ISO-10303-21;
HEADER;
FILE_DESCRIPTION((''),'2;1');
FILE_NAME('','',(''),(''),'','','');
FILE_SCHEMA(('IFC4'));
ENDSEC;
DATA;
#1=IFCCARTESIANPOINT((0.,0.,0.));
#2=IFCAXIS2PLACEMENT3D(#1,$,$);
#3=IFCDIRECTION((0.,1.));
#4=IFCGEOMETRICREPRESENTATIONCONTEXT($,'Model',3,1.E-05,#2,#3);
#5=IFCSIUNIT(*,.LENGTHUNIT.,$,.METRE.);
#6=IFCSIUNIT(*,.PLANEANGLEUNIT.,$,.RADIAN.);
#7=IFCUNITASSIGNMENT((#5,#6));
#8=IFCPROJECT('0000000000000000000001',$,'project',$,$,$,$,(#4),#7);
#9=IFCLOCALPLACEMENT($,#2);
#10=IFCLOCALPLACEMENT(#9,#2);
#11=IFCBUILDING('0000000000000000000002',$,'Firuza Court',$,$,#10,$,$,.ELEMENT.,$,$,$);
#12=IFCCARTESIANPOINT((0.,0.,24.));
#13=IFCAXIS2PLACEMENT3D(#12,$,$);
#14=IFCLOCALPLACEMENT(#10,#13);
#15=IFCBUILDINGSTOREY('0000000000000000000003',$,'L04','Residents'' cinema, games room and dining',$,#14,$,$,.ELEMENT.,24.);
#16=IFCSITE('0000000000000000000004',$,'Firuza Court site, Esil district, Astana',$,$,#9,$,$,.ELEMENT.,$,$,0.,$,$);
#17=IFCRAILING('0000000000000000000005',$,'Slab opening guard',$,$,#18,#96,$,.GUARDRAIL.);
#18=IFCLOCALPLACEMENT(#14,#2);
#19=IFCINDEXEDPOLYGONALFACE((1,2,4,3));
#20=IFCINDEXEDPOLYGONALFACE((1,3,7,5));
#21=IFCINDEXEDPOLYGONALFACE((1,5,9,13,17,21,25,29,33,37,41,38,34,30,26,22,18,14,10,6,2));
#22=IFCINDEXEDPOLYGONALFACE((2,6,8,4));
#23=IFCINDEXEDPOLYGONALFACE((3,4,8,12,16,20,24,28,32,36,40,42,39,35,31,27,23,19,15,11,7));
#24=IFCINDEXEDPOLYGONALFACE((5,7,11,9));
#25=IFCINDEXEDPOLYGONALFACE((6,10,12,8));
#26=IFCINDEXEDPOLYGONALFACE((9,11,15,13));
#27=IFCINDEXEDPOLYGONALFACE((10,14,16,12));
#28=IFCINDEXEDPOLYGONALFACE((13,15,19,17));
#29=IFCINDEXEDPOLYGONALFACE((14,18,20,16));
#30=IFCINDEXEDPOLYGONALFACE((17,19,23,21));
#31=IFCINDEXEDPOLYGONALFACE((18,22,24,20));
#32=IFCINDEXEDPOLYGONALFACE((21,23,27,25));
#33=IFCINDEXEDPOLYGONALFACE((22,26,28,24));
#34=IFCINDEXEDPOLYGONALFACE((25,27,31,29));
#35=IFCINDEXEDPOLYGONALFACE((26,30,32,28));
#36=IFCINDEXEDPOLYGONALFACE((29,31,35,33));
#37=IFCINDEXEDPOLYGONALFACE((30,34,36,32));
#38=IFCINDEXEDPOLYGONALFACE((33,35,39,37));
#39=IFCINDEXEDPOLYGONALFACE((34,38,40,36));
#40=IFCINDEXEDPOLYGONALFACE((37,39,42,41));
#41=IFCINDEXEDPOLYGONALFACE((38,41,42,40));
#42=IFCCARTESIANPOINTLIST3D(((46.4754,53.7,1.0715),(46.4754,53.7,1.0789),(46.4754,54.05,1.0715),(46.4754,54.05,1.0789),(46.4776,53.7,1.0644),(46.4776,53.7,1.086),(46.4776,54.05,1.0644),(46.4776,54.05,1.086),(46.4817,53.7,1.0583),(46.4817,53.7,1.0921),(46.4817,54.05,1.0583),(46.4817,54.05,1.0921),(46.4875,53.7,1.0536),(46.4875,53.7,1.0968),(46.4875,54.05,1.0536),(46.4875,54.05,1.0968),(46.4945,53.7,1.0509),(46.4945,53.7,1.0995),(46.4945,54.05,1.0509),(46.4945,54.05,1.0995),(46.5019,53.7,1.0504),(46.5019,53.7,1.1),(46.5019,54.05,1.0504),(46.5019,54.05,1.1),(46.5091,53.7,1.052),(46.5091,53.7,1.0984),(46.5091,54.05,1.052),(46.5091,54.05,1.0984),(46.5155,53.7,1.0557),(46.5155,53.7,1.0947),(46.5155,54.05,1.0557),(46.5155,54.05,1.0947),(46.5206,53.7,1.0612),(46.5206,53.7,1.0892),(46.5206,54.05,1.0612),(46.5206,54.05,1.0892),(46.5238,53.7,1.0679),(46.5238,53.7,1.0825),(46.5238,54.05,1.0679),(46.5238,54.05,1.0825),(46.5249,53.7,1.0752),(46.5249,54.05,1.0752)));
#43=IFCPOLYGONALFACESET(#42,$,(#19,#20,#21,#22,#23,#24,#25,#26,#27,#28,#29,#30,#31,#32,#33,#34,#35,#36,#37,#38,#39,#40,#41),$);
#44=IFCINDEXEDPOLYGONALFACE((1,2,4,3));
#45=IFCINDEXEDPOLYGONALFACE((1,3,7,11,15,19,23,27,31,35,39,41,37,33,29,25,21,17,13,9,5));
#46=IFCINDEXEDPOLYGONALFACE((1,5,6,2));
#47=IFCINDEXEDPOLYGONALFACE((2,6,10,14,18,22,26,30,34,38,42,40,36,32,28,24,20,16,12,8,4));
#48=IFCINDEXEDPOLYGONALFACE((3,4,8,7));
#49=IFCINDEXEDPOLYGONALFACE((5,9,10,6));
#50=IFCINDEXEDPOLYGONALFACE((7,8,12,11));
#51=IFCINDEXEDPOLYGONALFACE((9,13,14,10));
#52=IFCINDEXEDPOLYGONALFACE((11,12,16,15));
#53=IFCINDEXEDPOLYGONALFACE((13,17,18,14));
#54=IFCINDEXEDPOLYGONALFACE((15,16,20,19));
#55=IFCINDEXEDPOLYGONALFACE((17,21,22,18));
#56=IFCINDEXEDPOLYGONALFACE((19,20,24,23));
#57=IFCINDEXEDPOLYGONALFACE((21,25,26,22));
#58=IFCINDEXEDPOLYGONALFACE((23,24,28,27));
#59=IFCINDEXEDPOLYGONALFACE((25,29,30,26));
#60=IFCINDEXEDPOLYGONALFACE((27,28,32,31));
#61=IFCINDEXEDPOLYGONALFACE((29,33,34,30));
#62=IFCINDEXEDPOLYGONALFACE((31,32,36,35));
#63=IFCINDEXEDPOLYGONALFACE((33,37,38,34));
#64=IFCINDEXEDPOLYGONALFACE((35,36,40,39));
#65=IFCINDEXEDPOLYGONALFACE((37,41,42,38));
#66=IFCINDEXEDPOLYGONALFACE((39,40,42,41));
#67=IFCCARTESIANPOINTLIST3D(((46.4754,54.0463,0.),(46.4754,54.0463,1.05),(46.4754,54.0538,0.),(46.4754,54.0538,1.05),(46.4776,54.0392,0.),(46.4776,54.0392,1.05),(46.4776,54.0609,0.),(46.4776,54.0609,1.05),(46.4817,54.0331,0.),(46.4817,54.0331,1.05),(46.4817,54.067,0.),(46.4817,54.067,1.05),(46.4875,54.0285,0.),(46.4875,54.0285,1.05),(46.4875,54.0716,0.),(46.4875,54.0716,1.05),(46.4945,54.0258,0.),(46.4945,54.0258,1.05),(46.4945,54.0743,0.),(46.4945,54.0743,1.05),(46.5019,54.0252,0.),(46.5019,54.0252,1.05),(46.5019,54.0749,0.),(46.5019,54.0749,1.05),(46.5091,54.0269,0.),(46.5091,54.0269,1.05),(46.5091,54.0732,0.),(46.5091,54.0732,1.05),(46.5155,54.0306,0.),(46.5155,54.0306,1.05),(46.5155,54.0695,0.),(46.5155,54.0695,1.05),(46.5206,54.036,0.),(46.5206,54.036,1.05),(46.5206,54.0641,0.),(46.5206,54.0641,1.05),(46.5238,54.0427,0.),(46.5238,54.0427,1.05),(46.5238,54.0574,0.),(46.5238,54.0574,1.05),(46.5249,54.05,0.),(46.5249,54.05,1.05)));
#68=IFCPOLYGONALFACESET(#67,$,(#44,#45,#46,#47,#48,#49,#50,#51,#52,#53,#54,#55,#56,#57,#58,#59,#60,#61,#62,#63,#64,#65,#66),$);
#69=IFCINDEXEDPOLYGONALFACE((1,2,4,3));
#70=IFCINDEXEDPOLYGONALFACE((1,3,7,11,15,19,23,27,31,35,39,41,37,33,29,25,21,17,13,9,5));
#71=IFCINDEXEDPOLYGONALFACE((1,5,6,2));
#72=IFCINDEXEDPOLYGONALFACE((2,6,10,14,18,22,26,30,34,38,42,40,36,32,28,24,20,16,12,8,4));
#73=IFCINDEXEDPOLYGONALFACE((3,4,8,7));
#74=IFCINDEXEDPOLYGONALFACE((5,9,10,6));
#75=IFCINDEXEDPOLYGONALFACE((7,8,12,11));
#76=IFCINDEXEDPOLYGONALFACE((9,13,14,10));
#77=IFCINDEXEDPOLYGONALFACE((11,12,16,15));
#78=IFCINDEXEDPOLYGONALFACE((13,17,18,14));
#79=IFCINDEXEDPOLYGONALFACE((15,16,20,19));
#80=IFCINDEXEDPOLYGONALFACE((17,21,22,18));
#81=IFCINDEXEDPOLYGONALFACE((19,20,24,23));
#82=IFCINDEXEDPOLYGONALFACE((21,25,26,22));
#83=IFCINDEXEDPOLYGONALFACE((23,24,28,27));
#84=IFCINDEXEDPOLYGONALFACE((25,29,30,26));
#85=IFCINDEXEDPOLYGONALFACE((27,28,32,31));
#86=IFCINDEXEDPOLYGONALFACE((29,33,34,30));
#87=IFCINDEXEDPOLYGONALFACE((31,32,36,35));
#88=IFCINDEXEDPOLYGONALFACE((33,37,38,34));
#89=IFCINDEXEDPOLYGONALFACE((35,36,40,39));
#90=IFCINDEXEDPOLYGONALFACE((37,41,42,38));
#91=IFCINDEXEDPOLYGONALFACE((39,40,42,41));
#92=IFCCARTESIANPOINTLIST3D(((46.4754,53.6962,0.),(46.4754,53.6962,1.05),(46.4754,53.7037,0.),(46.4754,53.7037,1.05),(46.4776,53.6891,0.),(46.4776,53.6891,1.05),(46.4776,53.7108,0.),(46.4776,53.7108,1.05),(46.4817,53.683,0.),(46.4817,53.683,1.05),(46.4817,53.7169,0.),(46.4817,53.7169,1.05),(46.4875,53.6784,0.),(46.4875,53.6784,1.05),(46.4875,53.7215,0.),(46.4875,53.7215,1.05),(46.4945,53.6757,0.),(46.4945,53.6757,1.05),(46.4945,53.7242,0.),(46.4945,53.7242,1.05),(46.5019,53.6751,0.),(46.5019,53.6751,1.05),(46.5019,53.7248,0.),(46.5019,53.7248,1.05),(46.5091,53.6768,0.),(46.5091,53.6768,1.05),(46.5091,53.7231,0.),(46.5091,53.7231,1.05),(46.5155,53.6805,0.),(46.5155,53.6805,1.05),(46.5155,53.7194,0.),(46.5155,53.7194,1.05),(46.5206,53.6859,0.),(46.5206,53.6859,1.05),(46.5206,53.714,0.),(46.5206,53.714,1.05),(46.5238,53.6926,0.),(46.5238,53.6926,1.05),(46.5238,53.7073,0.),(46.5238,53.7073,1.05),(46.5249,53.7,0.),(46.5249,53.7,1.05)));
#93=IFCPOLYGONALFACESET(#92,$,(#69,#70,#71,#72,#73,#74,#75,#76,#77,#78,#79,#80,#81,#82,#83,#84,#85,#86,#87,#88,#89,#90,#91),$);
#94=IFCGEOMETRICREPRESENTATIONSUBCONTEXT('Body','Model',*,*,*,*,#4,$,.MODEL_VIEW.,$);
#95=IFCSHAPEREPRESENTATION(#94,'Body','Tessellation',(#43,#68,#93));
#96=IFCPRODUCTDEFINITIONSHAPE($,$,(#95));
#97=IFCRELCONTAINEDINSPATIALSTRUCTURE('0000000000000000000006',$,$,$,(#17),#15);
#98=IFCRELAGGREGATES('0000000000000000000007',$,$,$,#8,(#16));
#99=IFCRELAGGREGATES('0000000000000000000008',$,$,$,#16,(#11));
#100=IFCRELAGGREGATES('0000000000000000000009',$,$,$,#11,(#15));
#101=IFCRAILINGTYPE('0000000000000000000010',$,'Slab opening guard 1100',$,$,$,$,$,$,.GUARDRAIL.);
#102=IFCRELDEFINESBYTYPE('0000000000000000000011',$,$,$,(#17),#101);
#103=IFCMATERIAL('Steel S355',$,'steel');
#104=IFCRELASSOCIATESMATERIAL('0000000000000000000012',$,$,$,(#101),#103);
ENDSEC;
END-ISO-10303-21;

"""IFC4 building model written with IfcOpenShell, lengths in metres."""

from ifc_helpers import new_model, si_unit, direction, frame, origin, origin_2d, place, context, subcontext, project, spatial, circle, extrude, material, type_object, element, save


model = new_model("IFC4")

# Units and contexts
model_context = context("Model", 3, precision=1e-05, world=origin(), true_north=direction((0.0, 1.0)))
body_context = subcontext(model_context, "Body", "Model", "MODEL_VIEW")
ifc_project = project(units=[si_unit("LENGTHUNIT", "METRE"), si_unit("PLANEANGLEUNIT", "RADIAN")], contexts=[model_context])

# Site, building, storey
site_placement = place(None, origin())
site = spatial("IfcSite", under=ifc_project, at=site_placement, Name="Firuza Court site, Esil district, Astana", CompositionType="ELEMENT", RefElevation=0.0)
building_placement = place(site_placement, origin())
building = spatial("IfcBuilding", under=site, at=building_placement, Name="Firuza Court", CompositionType="ELEMENT")
storey_placement = place(building_placement, frame((0.0, 0.0, 24.0)))
storey = spatial("IfcBuildingStorey", under=building, at=storey_placement, Name="L04", Description="Residents' cinema, games room and dining", CompositionType="ELEMENT", Elevation=24.0)

# Railing
ifc_material_1 = material(Name="Steel S355", Category="steel")
railing_type_1 = type_object("IfcRailingType", Name="Slab opening guard 1100", PredefinedType="GUARDRAIL", material=ifc_material_1)
railing_1_placement = place(storey_placement, frame((46.5, 54.05, 0.0)))
element("IfcRailing", 1, at=railing_1_placement, inside=storey, type_object=railing_type_1, Name="Slab opening guard", PredefinedType="GUARDRAIL", context=body_context, shape_type="SweptSolid", body=[
    extrude(circle(Radius=0.0249, at=origin_2d()), frame((0.0, 0.0, 1.0752), z_axis=(0.0, -1.0, 0.0), x_axis=(1.0, 0.0, 0.0)), (0.0, 0.0, 1.0), 0.3501),
    extrude(circle(Radius=0.0249, at=origin_2d()), origin(), (0.0, 0.0, 1.0), 1.05),
    extrude(circle(Radius=0.0249, at=origin_2d()), frame((0.0, -0.3501, 0.0)), (0.0, 0.0, 1.0), 1.05),
])

save(model, "model.ifc")
